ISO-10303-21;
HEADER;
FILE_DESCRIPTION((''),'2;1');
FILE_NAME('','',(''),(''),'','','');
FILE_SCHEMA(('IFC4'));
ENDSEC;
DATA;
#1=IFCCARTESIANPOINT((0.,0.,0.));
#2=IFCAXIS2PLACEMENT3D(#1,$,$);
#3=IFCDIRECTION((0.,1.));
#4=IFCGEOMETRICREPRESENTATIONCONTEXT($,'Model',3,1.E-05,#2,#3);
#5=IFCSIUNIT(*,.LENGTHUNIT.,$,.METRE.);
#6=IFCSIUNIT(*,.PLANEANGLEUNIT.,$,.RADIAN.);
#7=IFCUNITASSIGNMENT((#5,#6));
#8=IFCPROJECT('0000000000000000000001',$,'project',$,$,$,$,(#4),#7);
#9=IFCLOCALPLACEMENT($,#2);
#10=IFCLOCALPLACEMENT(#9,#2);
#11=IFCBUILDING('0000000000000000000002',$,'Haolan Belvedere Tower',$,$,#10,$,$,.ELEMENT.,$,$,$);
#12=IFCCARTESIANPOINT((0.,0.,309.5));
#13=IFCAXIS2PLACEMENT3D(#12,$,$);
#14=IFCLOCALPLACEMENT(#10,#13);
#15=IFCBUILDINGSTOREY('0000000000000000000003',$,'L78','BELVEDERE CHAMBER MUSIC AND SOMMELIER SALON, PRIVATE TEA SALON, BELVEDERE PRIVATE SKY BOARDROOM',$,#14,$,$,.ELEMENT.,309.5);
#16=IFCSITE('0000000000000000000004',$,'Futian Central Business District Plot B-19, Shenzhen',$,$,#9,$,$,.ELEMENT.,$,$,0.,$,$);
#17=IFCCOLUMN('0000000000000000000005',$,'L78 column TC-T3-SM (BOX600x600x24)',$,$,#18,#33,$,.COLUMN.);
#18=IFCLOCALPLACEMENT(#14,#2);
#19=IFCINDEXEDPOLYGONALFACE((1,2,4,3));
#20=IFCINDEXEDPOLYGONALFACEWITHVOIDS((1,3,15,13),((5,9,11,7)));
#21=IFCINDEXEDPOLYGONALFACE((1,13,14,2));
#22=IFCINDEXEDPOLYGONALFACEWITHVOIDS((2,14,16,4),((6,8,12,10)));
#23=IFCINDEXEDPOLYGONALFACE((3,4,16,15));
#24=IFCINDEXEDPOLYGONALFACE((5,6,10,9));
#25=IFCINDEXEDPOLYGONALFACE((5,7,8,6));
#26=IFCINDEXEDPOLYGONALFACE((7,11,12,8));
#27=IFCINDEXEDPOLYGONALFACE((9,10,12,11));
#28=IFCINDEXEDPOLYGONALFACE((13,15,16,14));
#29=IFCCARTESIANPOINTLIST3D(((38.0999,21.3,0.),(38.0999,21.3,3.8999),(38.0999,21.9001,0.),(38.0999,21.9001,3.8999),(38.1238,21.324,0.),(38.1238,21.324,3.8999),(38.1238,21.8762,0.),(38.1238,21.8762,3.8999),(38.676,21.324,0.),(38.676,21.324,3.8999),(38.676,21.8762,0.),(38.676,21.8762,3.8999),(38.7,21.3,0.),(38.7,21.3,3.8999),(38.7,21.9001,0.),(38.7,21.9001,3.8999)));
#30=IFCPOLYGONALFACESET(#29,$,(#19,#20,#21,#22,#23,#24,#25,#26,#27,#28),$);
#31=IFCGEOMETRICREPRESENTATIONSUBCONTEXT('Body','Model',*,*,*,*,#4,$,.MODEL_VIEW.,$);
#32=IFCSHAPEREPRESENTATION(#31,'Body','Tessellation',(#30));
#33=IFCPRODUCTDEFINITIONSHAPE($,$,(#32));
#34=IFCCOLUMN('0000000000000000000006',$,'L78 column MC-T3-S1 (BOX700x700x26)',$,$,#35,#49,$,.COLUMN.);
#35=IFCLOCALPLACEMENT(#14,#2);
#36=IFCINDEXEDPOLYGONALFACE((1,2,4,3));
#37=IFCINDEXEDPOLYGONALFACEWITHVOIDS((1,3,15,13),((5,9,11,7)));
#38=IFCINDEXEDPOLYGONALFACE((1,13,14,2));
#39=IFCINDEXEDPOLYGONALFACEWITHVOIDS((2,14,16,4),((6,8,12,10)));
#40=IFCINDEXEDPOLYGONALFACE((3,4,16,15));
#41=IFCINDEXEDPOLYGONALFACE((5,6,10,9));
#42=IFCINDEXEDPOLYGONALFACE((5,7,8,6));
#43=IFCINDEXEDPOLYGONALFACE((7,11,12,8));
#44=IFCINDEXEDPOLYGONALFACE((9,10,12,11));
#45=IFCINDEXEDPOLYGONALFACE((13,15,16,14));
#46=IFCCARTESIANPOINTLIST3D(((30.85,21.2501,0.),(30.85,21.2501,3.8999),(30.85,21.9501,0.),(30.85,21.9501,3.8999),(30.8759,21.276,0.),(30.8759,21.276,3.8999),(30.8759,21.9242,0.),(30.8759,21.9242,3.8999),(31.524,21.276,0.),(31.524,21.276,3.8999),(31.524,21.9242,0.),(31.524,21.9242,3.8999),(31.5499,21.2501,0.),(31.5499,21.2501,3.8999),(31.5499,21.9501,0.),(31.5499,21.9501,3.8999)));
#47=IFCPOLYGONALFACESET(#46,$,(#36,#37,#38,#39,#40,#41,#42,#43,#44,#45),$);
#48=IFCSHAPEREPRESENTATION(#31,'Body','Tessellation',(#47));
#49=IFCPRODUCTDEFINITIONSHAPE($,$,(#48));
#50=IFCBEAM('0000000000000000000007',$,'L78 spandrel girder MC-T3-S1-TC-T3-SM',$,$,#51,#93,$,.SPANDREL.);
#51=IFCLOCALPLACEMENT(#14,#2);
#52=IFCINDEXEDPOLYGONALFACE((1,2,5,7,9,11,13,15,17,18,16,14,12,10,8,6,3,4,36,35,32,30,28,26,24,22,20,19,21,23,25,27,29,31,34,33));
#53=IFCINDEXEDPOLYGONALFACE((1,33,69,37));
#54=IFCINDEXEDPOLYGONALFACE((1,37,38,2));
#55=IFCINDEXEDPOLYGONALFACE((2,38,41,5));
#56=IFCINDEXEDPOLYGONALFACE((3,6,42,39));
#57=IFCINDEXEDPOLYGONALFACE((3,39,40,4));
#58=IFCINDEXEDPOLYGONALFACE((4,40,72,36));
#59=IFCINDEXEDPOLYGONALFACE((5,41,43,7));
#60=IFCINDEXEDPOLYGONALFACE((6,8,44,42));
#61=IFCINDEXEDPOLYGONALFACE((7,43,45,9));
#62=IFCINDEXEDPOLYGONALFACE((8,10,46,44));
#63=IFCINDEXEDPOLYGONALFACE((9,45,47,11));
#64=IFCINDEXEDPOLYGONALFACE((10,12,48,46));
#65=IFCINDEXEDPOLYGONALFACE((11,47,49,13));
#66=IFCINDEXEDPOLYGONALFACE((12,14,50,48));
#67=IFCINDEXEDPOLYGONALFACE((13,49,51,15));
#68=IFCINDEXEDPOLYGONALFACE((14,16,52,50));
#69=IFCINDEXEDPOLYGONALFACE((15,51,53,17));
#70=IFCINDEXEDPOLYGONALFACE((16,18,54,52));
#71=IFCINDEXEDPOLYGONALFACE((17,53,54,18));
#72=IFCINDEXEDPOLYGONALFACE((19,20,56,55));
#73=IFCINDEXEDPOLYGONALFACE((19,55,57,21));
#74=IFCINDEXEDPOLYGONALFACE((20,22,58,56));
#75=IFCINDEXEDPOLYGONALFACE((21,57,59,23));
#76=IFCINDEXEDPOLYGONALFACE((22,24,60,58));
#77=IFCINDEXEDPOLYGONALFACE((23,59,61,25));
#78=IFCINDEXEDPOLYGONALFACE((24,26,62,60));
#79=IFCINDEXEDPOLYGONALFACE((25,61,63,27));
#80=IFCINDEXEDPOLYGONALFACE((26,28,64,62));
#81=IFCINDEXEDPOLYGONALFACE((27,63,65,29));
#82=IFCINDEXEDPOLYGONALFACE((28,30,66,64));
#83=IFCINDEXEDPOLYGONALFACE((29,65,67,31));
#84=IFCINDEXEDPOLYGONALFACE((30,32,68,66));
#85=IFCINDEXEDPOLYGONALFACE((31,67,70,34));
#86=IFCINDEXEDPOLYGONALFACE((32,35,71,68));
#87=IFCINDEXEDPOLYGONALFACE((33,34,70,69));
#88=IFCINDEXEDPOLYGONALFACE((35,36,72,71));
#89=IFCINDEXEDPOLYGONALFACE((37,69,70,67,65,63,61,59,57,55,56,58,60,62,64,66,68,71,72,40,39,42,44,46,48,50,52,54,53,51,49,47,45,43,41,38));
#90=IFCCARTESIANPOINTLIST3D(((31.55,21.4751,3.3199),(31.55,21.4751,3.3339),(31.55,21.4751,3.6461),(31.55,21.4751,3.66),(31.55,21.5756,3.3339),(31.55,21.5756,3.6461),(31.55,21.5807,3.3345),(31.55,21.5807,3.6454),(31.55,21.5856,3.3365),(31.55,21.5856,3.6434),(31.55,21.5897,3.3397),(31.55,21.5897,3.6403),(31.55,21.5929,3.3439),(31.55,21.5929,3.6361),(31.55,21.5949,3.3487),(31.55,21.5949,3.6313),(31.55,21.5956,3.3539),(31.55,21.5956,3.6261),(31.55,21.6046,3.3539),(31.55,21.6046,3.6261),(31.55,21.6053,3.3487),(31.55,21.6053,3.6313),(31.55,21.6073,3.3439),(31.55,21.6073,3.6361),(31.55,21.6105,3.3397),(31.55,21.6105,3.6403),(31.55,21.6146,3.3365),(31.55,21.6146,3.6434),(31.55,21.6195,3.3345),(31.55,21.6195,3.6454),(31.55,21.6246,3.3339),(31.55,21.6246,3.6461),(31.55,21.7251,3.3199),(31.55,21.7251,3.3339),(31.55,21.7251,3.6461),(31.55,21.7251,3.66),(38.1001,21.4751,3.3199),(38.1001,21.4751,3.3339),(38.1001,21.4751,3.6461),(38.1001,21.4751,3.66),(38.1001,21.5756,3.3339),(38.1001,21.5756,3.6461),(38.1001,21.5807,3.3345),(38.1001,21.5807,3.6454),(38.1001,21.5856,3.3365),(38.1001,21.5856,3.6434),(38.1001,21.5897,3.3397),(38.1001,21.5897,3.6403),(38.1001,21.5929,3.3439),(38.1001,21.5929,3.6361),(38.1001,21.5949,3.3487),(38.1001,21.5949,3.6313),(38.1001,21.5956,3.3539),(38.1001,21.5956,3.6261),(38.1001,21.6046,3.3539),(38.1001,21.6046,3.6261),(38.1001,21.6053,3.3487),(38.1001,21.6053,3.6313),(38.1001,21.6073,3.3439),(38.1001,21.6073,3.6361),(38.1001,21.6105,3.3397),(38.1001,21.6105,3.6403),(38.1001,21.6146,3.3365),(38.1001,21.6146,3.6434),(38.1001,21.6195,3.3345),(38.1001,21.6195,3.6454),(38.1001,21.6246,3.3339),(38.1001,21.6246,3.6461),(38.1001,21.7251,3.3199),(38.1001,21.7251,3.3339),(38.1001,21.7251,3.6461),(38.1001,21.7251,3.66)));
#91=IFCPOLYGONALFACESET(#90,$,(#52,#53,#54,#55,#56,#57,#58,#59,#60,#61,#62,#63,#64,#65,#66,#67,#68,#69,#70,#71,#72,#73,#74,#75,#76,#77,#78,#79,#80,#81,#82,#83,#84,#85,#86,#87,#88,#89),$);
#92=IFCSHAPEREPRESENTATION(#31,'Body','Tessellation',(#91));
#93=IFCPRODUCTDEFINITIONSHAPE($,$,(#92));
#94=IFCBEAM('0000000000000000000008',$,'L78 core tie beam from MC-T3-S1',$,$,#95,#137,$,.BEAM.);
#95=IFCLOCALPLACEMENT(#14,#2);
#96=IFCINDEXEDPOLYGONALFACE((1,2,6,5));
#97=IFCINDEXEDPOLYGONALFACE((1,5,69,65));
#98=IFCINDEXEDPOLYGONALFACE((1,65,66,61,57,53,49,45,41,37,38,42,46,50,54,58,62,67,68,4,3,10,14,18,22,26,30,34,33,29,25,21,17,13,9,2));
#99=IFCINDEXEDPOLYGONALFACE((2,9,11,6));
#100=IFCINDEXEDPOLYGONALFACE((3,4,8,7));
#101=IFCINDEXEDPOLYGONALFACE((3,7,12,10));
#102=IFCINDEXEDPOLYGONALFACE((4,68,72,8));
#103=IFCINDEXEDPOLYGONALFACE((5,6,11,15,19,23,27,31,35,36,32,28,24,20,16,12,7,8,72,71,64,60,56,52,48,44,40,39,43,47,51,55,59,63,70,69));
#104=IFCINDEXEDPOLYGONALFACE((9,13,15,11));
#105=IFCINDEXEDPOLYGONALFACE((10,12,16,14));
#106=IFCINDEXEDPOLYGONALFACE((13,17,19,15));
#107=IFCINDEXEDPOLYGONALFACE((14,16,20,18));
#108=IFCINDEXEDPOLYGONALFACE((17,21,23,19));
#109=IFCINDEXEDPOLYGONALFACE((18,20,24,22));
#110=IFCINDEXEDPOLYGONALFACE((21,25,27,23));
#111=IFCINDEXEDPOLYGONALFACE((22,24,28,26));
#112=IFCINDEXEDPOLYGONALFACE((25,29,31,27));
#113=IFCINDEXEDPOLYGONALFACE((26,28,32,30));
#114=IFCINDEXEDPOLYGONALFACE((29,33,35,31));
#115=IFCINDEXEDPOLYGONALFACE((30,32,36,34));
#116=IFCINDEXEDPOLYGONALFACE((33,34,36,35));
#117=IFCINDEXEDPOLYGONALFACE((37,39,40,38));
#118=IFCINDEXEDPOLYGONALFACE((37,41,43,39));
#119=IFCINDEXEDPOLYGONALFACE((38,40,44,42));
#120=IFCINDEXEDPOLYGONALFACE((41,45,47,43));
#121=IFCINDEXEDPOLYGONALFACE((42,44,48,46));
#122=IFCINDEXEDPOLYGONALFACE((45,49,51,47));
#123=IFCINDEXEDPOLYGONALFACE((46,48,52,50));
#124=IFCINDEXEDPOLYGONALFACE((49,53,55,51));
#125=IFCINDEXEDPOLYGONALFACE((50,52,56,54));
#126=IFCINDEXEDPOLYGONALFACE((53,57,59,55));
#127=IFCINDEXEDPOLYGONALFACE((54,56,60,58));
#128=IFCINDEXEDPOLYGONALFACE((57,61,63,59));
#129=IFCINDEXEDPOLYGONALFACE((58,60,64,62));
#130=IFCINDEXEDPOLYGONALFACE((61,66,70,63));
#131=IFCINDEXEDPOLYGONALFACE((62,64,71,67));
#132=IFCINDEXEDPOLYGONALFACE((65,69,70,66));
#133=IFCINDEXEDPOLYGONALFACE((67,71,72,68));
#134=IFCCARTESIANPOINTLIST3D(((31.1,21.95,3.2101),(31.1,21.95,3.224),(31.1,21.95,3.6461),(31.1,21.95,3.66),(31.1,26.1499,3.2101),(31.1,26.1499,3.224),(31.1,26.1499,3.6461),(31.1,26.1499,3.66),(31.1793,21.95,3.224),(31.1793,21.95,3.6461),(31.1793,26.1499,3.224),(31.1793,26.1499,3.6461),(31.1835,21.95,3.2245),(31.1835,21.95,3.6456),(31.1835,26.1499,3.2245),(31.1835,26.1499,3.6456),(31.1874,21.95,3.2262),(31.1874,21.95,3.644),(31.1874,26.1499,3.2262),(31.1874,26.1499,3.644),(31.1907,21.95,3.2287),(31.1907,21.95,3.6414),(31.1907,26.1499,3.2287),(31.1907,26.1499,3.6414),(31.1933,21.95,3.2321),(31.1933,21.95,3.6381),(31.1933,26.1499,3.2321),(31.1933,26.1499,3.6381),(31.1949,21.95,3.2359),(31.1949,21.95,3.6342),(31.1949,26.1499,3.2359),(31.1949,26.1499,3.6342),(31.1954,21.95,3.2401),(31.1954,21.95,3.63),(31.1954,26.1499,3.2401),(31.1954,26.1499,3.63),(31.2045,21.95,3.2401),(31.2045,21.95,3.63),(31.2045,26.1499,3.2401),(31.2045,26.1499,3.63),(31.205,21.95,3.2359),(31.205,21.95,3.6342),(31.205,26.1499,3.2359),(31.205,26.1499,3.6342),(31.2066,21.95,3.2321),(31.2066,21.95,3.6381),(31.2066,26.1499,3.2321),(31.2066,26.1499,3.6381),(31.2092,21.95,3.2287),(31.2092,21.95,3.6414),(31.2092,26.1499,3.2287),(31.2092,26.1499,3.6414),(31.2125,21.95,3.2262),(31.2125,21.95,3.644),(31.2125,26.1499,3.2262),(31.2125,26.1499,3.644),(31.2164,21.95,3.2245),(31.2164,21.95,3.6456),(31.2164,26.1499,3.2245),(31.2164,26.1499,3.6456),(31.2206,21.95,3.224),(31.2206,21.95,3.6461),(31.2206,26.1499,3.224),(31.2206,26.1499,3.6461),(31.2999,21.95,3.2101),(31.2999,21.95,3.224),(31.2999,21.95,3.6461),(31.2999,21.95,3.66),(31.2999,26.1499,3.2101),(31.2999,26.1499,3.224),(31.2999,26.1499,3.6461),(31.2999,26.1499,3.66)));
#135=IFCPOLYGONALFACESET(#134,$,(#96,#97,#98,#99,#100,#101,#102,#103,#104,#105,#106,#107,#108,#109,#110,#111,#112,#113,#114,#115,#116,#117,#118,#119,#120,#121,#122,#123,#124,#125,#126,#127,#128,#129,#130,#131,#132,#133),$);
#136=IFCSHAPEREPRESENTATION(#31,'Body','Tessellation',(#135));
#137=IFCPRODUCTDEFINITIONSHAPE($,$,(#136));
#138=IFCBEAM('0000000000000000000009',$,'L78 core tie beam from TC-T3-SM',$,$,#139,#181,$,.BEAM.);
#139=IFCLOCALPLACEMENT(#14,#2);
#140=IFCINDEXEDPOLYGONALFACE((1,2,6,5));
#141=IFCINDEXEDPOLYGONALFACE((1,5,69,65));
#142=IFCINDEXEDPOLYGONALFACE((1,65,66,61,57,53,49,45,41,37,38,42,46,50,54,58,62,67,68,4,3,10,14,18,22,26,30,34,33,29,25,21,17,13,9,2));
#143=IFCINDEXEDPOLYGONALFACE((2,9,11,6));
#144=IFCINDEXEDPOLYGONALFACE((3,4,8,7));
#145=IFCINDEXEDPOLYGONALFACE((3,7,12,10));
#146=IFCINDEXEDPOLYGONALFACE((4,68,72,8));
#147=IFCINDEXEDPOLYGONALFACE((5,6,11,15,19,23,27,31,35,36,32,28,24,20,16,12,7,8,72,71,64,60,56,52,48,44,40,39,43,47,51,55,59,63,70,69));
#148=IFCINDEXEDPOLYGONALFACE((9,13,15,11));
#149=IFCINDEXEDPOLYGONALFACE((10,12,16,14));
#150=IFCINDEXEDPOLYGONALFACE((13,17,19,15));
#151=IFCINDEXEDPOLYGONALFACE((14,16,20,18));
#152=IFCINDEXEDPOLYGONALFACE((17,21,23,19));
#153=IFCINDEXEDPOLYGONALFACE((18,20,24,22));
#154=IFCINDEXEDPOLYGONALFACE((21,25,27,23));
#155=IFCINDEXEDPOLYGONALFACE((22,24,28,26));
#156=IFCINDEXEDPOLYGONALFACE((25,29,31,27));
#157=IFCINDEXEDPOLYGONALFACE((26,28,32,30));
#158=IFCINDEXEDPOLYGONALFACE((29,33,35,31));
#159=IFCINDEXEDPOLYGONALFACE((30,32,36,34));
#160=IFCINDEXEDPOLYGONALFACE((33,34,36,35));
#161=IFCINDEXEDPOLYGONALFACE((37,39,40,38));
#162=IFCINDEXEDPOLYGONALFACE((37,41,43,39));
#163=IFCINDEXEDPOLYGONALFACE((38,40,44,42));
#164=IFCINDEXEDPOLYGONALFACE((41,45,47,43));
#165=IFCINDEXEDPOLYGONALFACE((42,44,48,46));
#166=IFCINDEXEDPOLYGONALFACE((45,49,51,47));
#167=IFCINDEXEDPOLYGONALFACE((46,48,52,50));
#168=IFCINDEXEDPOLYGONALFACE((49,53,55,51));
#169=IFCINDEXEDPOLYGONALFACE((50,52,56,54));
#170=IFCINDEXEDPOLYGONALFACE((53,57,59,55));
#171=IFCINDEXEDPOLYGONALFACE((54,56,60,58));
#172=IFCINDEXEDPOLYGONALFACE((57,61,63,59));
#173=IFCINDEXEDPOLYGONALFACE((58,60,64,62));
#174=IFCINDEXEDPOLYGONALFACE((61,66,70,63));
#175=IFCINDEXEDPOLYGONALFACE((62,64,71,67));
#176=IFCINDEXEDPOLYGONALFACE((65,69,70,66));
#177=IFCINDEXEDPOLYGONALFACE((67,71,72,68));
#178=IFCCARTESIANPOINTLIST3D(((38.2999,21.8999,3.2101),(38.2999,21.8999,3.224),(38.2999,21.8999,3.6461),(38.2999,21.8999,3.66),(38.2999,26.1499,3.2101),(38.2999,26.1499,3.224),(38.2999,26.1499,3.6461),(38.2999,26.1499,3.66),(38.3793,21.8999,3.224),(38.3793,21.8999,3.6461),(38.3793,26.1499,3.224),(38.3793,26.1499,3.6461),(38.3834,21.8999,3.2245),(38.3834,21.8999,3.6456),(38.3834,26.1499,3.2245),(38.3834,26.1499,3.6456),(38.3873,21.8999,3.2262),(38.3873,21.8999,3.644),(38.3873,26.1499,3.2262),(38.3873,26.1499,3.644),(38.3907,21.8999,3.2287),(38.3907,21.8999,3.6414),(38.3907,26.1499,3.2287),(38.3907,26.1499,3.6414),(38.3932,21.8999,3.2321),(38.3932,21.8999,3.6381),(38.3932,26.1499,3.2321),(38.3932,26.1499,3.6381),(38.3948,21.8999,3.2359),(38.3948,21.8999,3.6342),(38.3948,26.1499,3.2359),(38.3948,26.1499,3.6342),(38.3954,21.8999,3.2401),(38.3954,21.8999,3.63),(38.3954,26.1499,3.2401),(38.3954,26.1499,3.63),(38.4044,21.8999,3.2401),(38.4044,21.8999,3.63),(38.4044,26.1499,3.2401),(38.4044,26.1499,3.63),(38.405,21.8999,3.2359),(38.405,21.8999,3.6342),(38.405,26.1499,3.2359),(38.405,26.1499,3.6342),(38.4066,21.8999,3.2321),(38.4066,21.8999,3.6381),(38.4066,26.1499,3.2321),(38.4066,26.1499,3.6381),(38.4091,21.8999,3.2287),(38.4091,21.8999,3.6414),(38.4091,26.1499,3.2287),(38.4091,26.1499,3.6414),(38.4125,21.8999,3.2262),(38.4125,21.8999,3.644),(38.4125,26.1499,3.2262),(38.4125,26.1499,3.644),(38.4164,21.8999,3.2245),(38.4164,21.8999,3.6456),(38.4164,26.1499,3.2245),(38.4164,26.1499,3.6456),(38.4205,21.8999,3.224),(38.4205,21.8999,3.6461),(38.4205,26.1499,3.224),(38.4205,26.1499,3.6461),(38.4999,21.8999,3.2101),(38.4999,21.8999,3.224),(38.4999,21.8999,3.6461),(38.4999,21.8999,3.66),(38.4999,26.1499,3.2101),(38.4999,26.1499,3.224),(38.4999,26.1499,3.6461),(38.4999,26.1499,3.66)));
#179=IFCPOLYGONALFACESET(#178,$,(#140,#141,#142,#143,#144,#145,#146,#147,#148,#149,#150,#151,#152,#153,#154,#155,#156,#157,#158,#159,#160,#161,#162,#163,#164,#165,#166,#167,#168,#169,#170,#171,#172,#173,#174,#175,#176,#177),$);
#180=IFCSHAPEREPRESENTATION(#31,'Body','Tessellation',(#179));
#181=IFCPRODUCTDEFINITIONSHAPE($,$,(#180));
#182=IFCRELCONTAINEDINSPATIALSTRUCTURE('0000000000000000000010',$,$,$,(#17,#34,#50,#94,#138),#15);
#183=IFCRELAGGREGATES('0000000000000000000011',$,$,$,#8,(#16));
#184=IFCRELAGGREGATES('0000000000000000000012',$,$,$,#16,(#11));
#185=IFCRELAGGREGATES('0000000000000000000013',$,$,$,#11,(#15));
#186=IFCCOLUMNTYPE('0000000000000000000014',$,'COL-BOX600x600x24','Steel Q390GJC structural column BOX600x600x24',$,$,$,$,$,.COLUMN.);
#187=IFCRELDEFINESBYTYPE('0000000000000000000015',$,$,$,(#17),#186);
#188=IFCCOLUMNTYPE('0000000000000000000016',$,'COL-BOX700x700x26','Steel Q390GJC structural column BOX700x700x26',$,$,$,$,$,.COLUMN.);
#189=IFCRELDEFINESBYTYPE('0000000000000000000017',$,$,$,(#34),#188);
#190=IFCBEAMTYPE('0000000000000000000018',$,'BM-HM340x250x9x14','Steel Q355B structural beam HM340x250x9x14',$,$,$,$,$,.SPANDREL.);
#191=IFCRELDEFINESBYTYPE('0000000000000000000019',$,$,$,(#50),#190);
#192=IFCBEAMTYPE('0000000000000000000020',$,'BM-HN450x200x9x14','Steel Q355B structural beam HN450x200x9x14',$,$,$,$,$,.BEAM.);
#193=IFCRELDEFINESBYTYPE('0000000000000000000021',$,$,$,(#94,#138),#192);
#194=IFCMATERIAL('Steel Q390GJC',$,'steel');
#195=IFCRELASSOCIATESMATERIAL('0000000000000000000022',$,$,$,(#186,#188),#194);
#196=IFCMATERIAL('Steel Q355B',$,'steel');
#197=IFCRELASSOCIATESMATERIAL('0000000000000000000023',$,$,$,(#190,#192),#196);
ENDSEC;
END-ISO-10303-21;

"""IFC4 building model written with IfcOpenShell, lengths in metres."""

from ifc_helpers import new_model, si_unit, direction, frame, origin, origin_2d, place, context, subcontext, project, spatial, hollow_rectangle, i_section, extrude, material, material_profile, profile_set, type_object, element, save


model = new_model("IFC4")

# Units and contexts
model_context = context("Model", 3, precision=1e-05, world=origin(), true_north=direction((0.0, 1.0)))
body_context = subcontext(model_context, "Body", "Model", "MODEL_VIEW")
ifc_project = project(units=[si_unit("LENGTHUNIT", "METRE"), si_unit("PLANEANGLEUNIT", "RADIAN")], contexts=[model_context])

# Site, building, storey
site_placement = place(None, origin())
site = spatial("IfcSite", under=ifc_project, at=site_placement, Name="Futian Central Business District Plot B-19, Shenzhen", CompositionType="ELEMENT", RefElevation=0.0)
building_placement = place(site_placement, origin())
building = spatial("IfcBuilding", under=site, at=building_placement, Name="Haolan Belvedere Tower", CompositionType="ELEMENT")
storey_placement = place(building_placement, frame((0.0, 0.0, 309.5)))
storey = spatial("IfcBuildingStorey", under=building, at=storey_placement, Name="L78", Description="BELVEDERE CHAMBER MUSIC AND SOMMELIER SALON, PRIVATE TEA SALON, BELVEDERE PRIVATE SKY BOARDROOM", CompositionType="ELEMENT", Elevation=309.5)

# Columns
ifc_material_1 = material(Name="Steel Q390GJC", Category="steel")
ifc_material_profile_1 = material_profile(ifc_material_1, hollow_rectangle(XDim=0.6001, YDim=0.6001, WallThickness=0.0239, at=origin_2d()), Name="Steel Q390GJC")
ifc_profile_set_1 = profile_set([ifc_material_profile_1], Name="Steel Q390GJC")
column_type_1 = type_object("IfcColumnType", Name="COL-BOX600x600x24", Description="Steel Q390GJC structural column BOX600x600x24", PredefinedType="COLUMN", material=ifc_profile_set_1)
column_1_placement = place(storey_placement, frame((38.3999, 21.6001, 0.0), z_axis=(0.0, 0.0, 1.0), x_axis=(1.0, 0.0, 0.0)))
element("IfcColumn", 1, at=column_1_placement, inside=storey, type_object=column_type_1, Name="L78 column TC-T3-SM (BOX600x600x24)", PredefinedType="COLUMN", context=body_context, shape_type="SweptSolid", body=[
    extrude(hollow_rectangle(XDim=0.6001, YDim=0.6001, WallThickness=0.0239, at=origin_2d()), origin(), (0.0, 0.0, 1.0), 3.8999),
])
ifc_material_profile_2 = material_profile(ifc_material_1, hollow_rectangle(XDim=0.7, YDim=0.7, WallThickness=0.0259, at=origin_2d()), Name="Steel Q390GJC")
ifc_profile_set_2 = profile_set([ifc_material_profile_2], Name="Steel Q390GJC")
column_type_2 = type_object("IfcColumnType", Name="COL-BOX700x700x26", Description="Steel Q390GJC structural column BOX700x700x26", PredefinedType="COLUMN", material=ifc_profile_set_2)
column_2_placement = place(storey_placement, frame((31.2, 21.6001, 0.0), z_axis=(0.0, 0.0, 1.0), x_axis=(1.0, 0.0, 0.0)))
element("IfcColumn", 2, at=column_2_placement, inside=storey, type_object=column_type_2, Name="L78 column MC-T3-S1 (BOX700x700x26)", PredefinedType="COLUMN", context=body_context, shape_type="SweptSolid", body=[
    extrude(hollow_rectangle(XDim=0.7, YDim=0.7, WallThickness=0.0259, at=origin_2d()), origin(), (0.0, 0.0, 1.0), 3.8999),
])

# Beams
ifc_material_2 = material(Name="Steel Q355B", Category="steel")
ifc_material_profile_3 = material_profile(ifc_material_2, i_section(OverallWidth=0.25, OverallDepth=0.3401, WebThickness=0.009, FlangeThickness=0.0139, FilletRadius=0.02, at=origin_2d()), Name="Steel Q355B")
ifc_profile_set_3 = profile_set([ifc_material_profile_3], Name="Steel Q355B")
beam_type_1 = type_object("IfcBeamType", Name="BM-HM340x250x9x14", Description="Steel Q355B structural beam HM340x250x9x14", PredefinedType="SPANDREL", material=ifc_profile_set_3)
beam_1_placement = place(storey_placement, frame((31.55, 21.6001, 3.49), z_axis=(1.0, 0.0, 0.0), x_axis=(0.0, 1.0, 0.0)))
element("IfcBeam", 3, at=beam_1_placement, inside=storey, type_object=beam_type_1, Name="L78 spandrel girder MC-T3-S1-TC-T3-SM", PredefinedType="SPANDREL", context=body_context, shape_type="SweptSolid", body=[
    extrude(i_section(OverallWidth=0.25, OverallDepth=0.3401, WebThickness=0.009, FlangeThickness=0.0139, FilletRadius=0.02, at=origin_2d()), origin(), (0.0, 0.0, 1.0), 6.55),
])
ifc_material_profile_4 = material_profile(ifc_material_2, i_section(OverallWidth=0.2, OverallDepth=0.45, WebThickness=0.009, FlangeThickness=0.0139, FilletRadius=0.0161, at=origin_2d()), Name="Steel Q355B")
ifc_profile_set_4 = profile_set([ifc_material_profile_4], Name="Steel Q355B")
beam_type_2 = type_object("IfcBeamType", Name="BM-HN450x200x9x14", Description="Steel Q355B structural beam HN450x200x9x14", PredefinedType="BEAM", material=ifc_profile_set_4)
beam_2_placement = place(storey_placement, frame((31.2, 21.95, 3.4351), z_axis=(0.0, 1.0, 0.0), x_axis=(-1.0, 0.0, 0.0)))
element("IfcBeam", 4, at=beam_2_placement, inside=storey, type_object=beam_type_2, Name="L78 core tie beam from MC-T3-S1", PredefinedType="BEAM", context=body_context, shape_type="SweptSolid", body=[
    extrude(i_section(OverallWidth=0.2, OverallDepth=0.45, WebThickness=0.009, FlangeThickness=0.0139, FilletRadius=0.0161, at=origin_2d()), origin(), (0.0, 0.0, 1.0), 4.2),
])
beam_3_placement = place(storey_placement, frame((38.3999, 21.8999, 3.4351), z_axis=(0.0, 1.0, 0.0), x_axis=(-1.0, 0.0, 0.0)))
element("IfcBeam", 5, at=beam_3_placement, inside=storey, type_object=beam_type_2, Name="L78 core tie beam from TC-T3-SM", PredefinedType="BEAM", context=body_context, shape_type="SweptSolid", body=[
    extrude(i_section(OverallWidth=0.2, OverallDepth=0.45, WebThickness=0.009, FlangeThickness=0.0139, FilletRadius=0.0161, at=origin_2d()), origin(), (0.0, 0.0, 1.0), 4.25),
])

save(model, "model.ifc")
